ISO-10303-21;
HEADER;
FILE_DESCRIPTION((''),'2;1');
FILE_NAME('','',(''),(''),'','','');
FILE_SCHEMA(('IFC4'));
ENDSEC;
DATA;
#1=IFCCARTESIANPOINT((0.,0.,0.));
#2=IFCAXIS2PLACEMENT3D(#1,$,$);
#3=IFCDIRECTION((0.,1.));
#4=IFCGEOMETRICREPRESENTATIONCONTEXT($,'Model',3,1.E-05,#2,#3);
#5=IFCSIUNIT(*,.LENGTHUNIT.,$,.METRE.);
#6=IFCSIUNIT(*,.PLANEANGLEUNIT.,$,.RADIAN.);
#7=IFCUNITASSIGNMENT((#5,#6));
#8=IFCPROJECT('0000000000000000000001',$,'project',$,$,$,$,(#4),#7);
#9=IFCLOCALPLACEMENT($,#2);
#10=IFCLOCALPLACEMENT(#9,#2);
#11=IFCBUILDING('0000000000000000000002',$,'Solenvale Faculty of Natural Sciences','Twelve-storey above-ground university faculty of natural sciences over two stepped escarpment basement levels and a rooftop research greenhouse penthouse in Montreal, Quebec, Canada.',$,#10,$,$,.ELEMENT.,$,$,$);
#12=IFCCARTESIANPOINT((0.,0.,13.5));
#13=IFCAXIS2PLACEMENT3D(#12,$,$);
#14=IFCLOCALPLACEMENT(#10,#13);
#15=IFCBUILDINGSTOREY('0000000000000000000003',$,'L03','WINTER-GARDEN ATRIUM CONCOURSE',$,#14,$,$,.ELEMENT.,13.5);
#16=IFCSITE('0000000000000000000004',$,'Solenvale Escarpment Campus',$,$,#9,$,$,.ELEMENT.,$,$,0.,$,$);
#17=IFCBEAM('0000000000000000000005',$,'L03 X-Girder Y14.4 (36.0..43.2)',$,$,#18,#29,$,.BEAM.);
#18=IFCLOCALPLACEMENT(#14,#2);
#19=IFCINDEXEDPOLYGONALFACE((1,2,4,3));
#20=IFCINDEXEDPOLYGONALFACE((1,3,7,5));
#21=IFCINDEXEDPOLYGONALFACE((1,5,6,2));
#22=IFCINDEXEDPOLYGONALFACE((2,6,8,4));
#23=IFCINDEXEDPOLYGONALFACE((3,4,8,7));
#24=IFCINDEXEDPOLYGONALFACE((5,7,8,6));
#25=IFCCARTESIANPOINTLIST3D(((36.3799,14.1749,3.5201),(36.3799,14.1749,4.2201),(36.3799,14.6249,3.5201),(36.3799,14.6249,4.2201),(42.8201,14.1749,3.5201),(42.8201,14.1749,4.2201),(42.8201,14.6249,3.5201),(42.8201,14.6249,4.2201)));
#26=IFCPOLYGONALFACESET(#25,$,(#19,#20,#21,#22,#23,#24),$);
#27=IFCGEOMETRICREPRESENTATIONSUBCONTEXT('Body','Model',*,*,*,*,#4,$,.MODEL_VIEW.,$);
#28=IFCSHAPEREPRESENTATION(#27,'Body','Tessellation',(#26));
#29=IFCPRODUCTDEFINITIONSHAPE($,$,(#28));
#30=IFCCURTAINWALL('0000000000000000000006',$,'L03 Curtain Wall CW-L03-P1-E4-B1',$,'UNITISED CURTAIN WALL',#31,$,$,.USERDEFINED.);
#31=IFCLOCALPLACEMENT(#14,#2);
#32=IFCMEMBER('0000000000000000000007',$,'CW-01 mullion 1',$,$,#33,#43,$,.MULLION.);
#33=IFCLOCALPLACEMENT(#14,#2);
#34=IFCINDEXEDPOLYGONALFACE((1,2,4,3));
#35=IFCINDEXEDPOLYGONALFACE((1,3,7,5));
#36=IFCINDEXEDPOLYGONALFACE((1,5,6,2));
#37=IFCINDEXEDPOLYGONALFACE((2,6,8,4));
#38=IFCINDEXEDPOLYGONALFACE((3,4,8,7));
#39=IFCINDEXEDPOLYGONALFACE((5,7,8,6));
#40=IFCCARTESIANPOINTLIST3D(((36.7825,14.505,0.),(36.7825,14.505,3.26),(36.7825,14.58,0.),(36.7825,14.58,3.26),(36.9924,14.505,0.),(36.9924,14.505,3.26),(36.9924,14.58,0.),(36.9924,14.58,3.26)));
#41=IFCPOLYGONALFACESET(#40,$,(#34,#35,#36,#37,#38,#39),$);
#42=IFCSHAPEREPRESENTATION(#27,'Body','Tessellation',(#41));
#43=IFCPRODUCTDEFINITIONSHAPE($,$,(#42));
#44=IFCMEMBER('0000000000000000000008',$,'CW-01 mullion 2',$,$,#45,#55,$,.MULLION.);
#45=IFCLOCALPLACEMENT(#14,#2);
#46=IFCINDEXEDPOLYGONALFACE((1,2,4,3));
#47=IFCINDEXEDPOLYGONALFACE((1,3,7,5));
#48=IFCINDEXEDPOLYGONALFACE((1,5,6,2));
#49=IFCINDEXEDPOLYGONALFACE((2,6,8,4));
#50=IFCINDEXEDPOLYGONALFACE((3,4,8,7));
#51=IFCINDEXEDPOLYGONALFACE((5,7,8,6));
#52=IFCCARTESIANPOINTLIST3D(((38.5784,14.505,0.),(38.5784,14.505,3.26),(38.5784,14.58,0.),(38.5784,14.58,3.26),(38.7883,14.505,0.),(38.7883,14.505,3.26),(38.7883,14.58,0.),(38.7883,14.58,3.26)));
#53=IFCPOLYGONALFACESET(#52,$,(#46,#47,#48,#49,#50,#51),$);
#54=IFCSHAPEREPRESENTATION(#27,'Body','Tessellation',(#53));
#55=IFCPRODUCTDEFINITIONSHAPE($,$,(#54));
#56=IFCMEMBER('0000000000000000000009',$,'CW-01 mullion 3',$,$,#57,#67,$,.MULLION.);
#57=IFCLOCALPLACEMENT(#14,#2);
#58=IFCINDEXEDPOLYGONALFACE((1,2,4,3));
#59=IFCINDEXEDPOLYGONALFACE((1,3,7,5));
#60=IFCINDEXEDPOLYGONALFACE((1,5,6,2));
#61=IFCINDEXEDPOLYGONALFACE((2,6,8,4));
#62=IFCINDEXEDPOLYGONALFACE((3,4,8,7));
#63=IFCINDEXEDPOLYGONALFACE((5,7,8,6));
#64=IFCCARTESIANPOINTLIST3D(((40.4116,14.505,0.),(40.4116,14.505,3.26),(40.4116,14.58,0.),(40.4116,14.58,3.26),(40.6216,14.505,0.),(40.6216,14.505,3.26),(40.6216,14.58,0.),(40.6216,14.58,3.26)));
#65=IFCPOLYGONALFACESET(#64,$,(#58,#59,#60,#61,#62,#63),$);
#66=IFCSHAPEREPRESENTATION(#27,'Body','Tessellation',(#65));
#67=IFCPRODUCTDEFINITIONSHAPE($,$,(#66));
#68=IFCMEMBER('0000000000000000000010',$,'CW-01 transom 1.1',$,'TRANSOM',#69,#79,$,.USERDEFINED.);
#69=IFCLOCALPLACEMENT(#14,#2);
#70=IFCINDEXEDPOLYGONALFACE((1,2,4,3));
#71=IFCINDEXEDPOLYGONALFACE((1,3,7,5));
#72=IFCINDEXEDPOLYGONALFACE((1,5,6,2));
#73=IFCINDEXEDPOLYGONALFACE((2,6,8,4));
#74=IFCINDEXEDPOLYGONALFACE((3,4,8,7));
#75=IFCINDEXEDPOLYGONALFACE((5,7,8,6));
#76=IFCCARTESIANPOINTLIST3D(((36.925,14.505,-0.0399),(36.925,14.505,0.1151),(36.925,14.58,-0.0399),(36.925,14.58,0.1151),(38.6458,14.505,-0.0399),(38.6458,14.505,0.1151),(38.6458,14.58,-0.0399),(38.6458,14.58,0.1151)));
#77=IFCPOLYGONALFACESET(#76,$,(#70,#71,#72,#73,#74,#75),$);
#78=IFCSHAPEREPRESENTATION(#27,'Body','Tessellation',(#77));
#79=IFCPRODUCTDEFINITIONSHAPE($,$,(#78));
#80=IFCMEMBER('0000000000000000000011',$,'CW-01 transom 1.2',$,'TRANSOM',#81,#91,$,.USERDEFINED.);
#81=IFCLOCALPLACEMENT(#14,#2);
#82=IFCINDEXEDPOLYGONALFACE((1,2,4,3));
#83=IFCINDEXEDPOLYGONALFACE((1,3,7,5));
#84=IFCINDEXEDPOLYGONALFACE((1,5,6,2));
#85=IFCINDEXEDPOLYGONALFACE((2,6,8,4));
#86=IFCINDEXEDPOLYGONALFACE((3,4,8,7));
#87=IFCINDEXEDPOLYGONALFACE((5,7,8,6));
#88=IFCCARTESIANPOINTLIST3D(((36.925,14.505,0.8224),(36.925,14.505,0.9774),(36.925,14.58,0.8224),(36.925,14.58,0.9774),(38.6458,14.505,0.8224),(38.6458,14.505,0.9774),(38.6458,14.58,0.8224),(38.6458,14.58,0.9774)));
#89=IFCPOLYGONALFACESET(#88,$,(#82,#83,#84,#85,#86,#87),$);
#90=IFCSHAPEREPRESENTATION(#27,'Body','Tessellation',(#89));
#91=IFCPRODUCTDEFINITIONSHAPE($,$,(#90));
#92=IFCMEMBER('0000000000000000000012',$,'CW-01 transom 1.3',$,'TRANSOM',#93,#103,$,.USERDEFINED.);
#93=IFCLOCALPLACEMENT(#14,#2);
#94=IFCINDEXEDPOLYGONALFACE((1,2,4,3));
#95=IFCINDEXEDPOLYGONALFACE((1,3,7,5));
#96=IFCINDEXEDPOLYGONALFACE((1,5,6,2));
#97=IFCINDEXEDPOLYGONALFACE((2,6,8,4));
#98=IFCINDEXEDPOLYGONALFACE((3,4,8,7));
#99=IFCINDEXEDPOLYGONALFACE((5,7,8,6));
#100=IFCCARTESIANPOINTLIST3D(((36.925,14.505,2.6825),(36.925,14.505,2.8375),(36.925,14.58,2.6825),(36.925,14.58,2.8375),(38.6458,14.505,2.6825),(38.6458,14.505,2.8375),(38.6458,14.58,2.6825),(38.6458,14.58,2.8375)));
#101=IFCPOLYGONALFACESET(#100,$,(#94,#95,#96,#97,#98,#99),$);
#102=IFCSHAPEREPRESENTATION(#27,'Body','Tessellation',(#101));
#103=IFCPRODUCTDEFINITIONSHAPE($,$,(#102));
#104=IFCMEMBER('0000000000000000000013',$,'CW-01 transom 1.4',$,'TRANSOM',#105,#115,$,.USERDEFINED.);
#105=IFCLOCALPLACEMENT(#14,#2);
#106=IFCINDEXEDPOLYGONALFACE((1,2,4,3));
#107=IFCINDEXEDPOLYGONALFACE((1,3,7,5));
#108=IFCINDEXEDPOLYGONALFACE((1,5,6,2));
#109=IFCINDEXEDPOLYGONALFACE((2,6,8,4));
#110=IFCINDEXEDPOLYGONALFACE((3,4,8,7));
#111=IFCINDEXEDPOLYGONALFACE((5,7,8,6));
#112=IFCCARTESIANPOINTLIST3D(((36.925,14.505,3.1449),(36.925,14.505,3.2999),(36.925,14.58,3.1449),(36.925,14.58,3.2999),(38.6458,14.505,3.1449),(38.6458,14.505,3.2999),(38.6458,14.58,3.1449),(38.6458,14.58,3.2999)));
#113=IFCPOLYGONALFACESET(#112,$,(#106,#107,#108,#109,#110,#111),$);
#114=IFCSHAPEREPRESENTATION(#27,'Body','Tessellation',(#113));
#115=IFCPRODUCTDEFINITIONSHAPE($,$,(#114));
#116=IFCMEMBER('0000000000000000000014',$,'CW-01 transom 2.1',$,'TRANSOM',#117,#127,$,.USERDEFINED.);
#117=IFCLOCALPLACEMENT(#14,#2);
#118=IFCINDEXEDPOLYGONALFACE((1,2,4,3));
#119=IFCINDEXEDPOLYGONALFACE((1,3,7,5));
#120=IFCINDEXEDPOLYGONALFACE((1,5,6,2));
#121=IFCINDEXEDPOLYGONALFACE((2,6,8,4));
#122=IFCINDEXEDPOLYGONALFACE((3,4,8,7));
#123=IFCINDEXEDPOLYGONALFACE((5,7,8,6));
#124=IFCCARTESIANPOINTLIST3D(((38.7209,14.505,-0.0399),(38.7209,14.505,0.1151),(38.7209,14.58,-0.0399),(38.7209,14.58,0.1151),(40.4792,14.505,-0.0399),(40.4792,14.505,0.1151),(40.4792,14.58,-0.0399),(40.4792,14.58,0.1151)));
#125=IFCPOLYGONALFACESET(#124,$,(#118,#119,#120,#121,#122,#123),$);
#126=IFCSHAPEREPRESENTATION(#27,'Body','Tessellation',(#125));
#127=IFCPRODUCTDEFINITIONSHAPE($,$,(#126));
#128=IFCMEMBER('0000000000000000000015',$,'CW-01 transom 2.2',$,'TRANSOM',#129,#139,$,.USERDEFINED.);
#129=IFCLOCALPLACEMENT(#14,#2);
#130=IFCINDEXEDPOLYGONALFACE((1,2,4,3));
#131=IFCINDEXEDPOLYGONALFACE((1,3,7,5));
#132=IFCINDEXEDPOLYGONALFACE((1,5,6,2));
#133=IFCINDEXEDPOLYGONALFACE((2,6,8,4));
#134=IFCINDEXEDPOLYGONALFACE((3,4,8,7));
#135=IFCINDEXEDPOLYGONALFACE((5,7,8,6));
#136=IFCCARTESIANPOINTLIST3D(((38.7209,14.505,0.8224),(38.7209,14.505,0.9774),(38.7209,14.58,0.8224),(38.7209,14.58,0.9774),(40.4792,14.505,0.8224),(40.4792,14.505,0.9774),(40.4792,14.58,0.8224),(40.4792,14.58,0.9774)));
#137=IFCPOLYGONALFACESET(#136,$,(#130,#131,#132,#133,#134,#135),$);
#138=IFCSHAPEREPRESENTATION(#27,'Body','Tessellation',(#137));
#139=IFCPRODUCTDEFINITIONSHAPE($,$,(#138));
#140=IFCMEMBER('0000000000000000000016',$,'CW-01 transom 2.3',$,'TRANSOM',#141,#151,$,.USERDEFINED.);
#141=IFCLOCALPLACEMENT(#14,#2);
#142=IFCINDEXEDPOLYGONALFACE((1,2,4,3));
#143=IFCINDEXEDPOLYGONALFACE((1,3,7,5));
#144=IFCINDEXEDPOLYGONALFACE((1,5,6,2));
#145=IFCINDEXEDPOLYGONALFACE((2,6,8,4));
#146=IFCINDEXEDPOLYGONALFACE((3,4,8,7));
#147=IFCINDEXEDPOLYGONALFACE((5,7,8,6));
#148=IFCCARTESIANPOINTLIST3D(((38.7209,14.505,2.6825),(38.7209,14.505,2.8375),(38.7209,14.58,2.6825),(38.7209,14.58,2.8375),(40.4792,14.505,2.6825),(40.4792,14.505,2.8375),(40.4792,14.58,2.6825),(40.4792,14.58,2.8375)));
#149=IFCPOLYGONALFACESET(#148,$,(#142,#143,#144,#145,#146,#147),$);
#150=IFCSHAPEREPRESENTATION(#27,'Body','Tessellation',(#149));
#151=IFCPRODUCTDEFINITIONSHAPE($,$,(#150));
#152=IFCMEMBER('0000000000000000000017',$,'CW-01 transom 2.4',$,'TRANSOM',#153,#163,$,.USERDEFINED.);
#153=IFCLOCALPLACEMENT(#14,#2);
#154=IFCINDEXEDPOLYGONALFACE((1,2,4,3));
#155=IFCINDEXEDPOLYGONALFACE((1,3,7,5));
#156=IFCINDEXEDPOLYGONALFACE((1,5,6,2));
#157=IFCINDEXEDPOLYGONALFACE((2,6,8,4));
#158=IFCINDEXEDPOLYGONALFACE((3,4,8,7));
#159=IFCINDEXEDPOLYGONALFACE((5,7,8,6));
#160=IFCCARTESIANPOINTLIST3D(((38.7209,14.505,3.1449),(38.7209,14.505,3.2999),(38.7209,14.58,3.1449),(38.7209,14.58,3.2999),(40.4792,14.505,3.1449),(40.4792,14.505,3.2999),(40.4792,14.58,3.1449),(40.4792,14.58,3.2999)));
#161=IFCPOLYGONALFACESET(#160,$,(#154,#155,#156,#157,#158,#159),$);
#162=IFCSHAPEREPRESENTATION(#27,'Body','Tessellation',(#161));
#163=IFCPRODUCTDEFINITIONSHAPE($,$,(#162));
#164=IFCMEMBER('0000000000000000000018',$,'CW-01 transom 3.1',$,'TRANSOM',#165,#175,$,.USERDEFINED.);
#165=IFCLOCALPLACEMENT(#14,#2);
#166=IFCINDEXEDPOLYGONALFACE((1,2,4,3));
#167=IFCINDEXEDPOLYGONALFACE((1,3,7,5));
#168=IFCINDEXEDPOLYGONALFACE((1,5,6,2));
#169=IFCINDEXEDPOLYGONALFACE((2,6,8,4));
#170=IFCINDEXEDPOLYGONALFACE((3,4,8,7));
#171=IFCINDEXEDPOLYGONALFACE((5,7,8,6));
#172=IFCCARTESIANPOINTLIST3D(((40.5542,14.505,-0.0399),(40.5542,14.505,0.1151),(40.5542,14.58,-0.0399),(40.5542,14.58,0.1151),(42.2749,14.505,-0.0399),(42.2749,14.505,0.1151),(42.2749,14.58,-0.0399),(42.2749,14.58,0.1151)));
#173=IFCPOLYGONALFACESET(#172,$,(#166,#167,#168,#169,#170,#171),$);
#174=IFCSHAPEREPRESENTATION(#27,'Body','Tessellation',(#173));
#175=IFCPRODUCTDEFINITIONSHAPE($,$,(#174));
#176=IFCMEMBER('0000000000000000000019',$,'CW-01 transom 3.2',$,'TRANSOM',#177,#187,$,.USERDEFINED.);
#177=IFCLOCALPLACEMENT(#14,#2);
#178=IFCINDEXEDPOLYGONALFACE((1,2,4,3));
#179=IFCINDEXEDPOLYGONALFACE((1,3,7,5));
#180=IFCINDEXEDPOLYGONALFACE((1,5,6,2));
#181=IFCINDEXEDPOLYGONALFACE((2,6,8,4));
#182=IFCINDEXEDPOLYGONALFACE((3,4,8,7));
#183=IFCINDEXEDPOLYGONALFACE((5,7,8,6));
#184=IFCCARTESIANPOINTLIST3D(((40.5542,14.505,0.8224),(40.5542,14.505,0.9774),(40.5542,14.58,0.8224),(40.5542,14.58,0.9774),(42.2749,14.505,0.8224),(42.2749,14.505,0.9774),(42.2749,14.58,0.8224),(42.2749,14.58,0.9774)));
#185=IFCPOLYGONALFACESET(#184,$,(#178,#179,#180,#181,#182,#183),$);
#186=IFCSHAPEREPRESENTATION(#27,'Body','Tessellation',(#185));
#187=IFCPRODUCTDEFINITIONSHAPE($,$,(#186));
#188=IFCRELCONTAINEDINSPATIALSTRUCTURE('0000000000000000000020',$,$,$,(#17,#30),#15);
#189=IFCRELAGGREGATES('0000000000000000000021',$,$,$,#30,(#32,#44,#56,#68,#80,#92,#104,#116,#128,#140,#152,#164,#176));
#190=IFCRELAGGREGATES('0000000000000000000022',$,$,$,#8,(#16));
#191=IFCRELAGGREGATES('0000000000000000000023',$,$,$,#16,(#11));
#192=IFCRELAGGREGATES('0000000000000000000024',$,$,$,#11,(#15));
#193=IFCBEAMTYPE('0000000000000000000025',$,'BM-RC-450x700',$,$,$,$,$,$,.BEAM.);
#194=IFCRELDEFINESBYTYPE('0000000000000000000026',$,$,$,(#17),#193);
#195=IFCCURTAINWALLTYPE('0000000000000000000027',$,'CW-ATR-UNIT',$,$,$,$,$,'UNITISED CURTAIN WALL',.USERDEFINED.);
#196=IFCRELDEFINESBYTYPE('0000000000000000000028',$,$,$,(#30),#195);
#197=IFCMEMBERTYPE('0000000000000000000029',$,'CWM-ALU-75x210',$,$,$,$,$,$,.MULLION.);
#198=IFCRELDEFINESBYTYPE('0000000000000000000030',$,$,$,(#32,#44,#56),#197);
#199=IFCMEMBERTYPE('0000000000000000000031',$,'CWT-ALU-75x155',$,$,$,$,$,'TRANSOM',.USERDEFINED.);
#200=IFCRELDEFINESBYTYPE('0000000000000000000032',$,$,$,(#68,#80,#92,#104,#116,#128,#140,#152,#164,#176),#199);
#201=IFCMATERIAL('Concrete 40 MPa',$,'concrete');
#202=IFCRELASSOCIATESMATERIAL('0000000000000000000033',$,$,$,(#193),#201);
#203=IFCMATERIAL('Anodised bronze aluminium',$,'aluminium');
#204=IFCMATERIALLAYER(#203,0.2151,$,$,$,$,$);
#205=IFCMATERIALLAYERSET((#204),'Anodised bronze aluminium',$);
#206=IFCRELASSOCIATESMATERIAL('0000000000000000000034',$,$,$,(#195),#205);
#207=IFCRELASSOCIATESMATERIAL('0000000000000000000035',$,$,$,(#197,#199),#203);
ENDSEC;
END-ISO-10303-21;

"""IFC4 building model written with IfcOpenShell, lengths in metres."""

from ifc_helpers import new_model, si_unit, direction, frame, origin, origin_2d, place, context, subcontext, project, spatial, rectangle, extrude, material, layer, layer_set, material_profile, profile_set, type_object, element, aggregate, save


model = new_model("IFC4")

# Units and contexts
model_context = context("Model", 3, precision=1e-05, world=origin(), true_north=direction((0.0, 1.0)))
body_context = subcontext(model_context, "Body", "Model", "MODEL_VIEW")
ifc_project = project(units=[si_unit("LENGTHUNIT", "METRE"), si_unit("PLANEANGLEUNIT", "RADIAN")], contexts=[model_context])

# Site, building, storey
site_placement = place(None, origin())
site = spatial("IfcSite", under=ifc_project, at=site_placement, Name="Solenvale Escarpment Campus", CompositionType="ELEMENT", RefElevation=0.0)
building_placement = place(site_placement, origin())
building = spatial("IfcBuilding", under=site, at=building_placement, Name="Solenvale Faculty of Natural Sciences", Description="Twelve-storey above-ground university faculty of natural sciences over two stepped escarpment basement levels and a rooftop research greenhouse penthouse in Montreal, Quebec, Canada.", CompositionType="ELEMENT")
storey_placement = place(building_placement, frame((0.0, 0.0, 13.5)))
storey = spatial("IfcBuildingStorey", under=building, at=storey_placement, Name="L03", Description="WINTER-GARDEN ATRIUM CONCOURSE", CompositionType="ELEMENT", Elevation=13.5)

# Beam
ifc_material_1 = material(Name="Concrete 40 MPa", Category="concrete")
ifc_material_profile_1 = material_profile(ifc_material_1, rectangle(XDim=0.45, YDim=0.7, at=origin_2d()), Name="RC-BM-450x700")
ifc_profile_set_1 = profile_set([ifc_material_profile_1], Name="Concrete 40 MPa")
beam_type = type_object("IfcBeamType", Name="BM-RC-450x700", PredefinedType="BEAM", material=ifc_profile_set_1)
beam_placement = place(storey_placement, frame((36.3799, 14.3999, 3.8701), z_axis=(1.0, 0.0, 0.0), x_axis=(0.0, 1.0, 0.0)))
element("IfcBeam", 1, at=beam_placement, inside=storey, type_object=beam_type, Name="L03 X-Girder Y14.4 (36.0..43.2)", PredefinedType="BEAM", context=body_context, shape_type="SweptSolid", body=[
    extrude(rectangle(XDim=0.45, YDim=0.7, at=origin_2d()), origin(), (0.0, 0.0, 1.0), 6.4402),
])

# Curtain wall, members
ifc_material_2 = material(Name="Anodised bronze aluminium", Category="aluminium")
ifc_layer_1 = layer(ifc_material_2, 0.2151)
ifc_layer_set_1 = layer_set([ifc_layer_1], Name="Anodised bronze aluminium")
curtain_wall_type = type_object("IfcCurtainWallType", Name="CW-ATR-UNIT", ElementType="UNITISED CURTAIN WALL", PredefinedType="USERDEFINED", material=ifc_layer_set_1)
curtain_wall_placement = place(storey_placement, origin())
curtain_wall = element("IfcCurtainWall", 2, at=curtain_wall_placement, inside=storey, type_object=curtain_wall_type, Name="L03 Curtain Wall CW-L03-P1-E4-B1", ObjectType="UNITISED CURTAIN WALL", PredefinedType="USERDEFINED")
ifc_material_profile_2 = material_profile(ifc_material_2, rectangle(XDim=0.075, YDim=0.21, at=origin_2d()), Name="ALU-MUL-75x210")
ifc_profile_set_2 = profile_set([ifc_material_profile_2], Name="Anodised bronze aluminium")
member_type_1 = type_object("IfcMemberType", Name="CWM-ALU-75x210", PredefinedType="MULLION", material=ifc_profile_set_2)
member_1_placement = place(storey_placement, frame((36.8875, 14.5425, 0.0), z_axis=(0.0, 0.0, 1.0), x_axis=(0.0, 1.0, 0.0)))
member_1 = element("IfcMember", 3, at=member_1_placement, type_object=member_type_1, Name="CW-01 mullion 1", PredefinedType="MULLION", context=body_context, shape_type="SweptSolid", body=[
    extrude(rectangle(XDim=0.075, YDim=0.21, at=origin_2d()), origin(), (0.0, 0.0, 1.0), 3.26),
])
member_2_placement = place(storey_placement, frame((38.6833, 14.5425, 0.0), z_axis=(0.0, 0.0, 1.0), x_axis=(0.0, 1.0, 0.0)))
member_2 = element("IfcMember", 4, at=member_2_placement, type_object=member_type_1, Name="CW-01 mullion 2", PredefinedType="MULLION", context=body_context, shape_type="SweptSolid", body=[
    extrude(rectangle(XDim=0.075, YDim=0.21, at=origin_2d()), origin(), (0.0, 0.0, 1.0), 3.26),
])
member_3_placement = place(storey_placement, frame((40.5166, 14.5425, 0.0), z_axis=(0.0, 0.0, 1.0), x_axis=(0.0, 1.0, 0.0)))
member_3 = element("IfcMember", 5, at=member_3_placement, type_object=member_type_1, Name="CW-01 mullion 3", PredefinedType="MULLION", context=body_context, shape_type="SweptSolid", body=[
    extrude(rectangle(XDim=0.075, YDim=0.21, at=origin_2d()), origin(), (0.0, 0.0, 1.0), 3.26),
])
ifc_material_profile_3 = material_profile(ifc_material_2, rectangle(XDim=0.075, YDim=0.155, at=origin_2d()), Name="ALU-TRN-75x155")
ifc_profile_set_3 = profile_set([ifc_material_profile_3], Name="Anodised bronze aluminium")
member_type_2 = type_object("IfcMemberType", Name="CWT-ALU-75x155", ElementType="TRANSOM", PredefinedType="USERDEFINED", material=ifc_profile_set_3)
member_4_placement = place(storey_placement, frame((36.925, 14.5425, 0.0376), z_axis=(1.0, 0.0, 0.0), x_axis=(0.0, 1.0, 0.0)))
member_4 = element("IfcMember", 6, at=member_4_placement, type_object=member_type_2, Name="CW-01 transom 1.1", ObjectType="TRANSOM", PredefinedType="USERDEFINED", context=body_context, shape_type="SweptSolid", body=[
    extrude(rectangle(XDim=0.075, YDim=0.155, at=origin_2d()), origin(), (0.0, 0.0, 1.0), 1.7207),
])
member_5_placement = place(storey_placement, frame((36.925, 14.5425, 0.8999), z_axis=(1.0, 0.0, 0.0), x_axis=(0.0, 1.0, 0.0)))
member_5 = element("IfcMember", 7, at=member_5_placement, type_object=member_type_2, Name="CW-01 transom 1.2", ObjectType="TRANSOM", PredefinedType="USERDEFINED", context=body_context, shape_type="SweptSolid", body=[
    extrude(rectangle(XDim=0.075, YDim=0.155, at=origin_2d()), origin(), (0.0, 0.0, 1.0), 1.7207),
])
member_6_placement = place(storey_placement, frame((36.925, 14.5425, 2.76), z_axis=(1.0, 0.0, 0.0), x_axis=(0.0, 1.0, 0.0)))
member_6 = element("IfcMember", 8, at=member_6_placement, type_object=member_type_2, Name="CW-01 transom 1.3", ObjectType="TRANSOM", PredefinedType="USERDEFINED", context=body_context, shape_type="SweptSolid", body=[
    extrude(rectangle(XDim=0.075, YDim=0.155, at=origin_2d()), origin(), (0.0, 0.0, 1.0), 1.7207),
])
member_7_placement = place(storey_placement, frame((36.925, 14.5425, 3.2224), z_axis=(1.0, 0.0, 0.0), x_axis=(0.0, 1.0, 0.0)))
member_7 = element("IfcMember", 9, at=member_7_placement, type_object=member_type_2, Name="CW-01 transom 1.4", ObjectType="TRANSOM", PredefinedType="USERDEFINED", context=body_context, shape_type="SweptSolid", body=[
    extrude(rectangle(XDim=0.075, YDim=0.155, at=origin_2d()), origin(), (0.0, 0.0, 1.0), 1.7207),
])
member_8_placement = place(storey_placement, frame((38.7209, 14.5425, 0.0376), z_axis=(1.0, 0.0, 0.0), x_axis=(0.0, 1.0, 0.0)))
member_8 = element("IfcMember", 10, at=member_8_placement, type_object=member_type_2, Name="CW-01 transom 2.1", ObjectType="TRANSOM", PredefinedType="USERDEFINED", context=body_context, shape_type="SweptSolid", body=[
    extrude(rectangle(XDim=0.075, YDim=0.155, at=origin_2d()), origin(), (0.0, 0.0, 1.0), 1.7583),
])
member_9_placement = place(storey_placement, frame((38.7209, 14.5425, 0.8999), z_axis=(1.0, 0.0, 0.0), x_axis=(0.0, 1.0, 0.0)))
member_9 = element("IfcMember", 11, at=member_9_placement, type_object=member_type_2, Name="CW-01 transom 2.2", ObjectType="TRANSOM", PredefinedType="USERDEFINED", context=body_context, shape_type="SweptSolid", body=[
    extrude(rectangle(XDim=0.075, YDim=0.155, at=origin_2d()), origin(), (0.0, 0.0, 1.0), 1.7583),
])
member_10_placement = place(storey_placement, frame((38.7209, 14.5425, 2.76), z_axis=(1.0, 0.0, 0.0), x_axis=(0.0, 1.0, 0.0)))
member_10 = element("IfcMember", 12, at=member_10_placement, type_object=member_type_2, Name="CW-01 transom 2.3", ObjectType="TRANSOM", PredefinedType="USERDEFINED", context=body_context, shape_type="SweptSolid", body=[
    extrude(rectangle(XDim=0.075, YDim=0.155, at=origin_2d()), origin(), (0.0, 0.0, 1.0), 1.7583),
])
member_11_placement = place(storey_placement, frame((38.7209, 14.5425, 3.2224), z_axis=(1.0, 0.0, 0.0), x_axis=(0.0, 1.0, 0.0)))
member_11 = element("IfcMember", 13, at=member_11_placement, type_object=member_type_2, Name="CW-01 transom 2.4", ObjectType="TRANSOM", PredefinedType="USERDEFINED", context=body_context, shape_type="SweptSolid", body=[
    extrude(rectangle(XDim=0.075, YDim=0.155, at=origin_2d()), origin(), (0.0, 0.0, 1.0), 1.7583),
])
member_12_placement = place(storey_placement, frame((40.5542, 14.5425, 0.0376), z_axis=(1.0, 0.0, 0.0), x_axis=(0.0, 1.0, 0.0)))
member_12 = element("IfcMember", 14, at=member_12_placement, type_object=member_type_2, Name="CW-01 transom 3.1", ObjectType="TRANSOM", PredefinedType="USERDEFINED", context=body_context, shape_type="SweptSolid", body=[
    extrude(rectangle(XDim=0.075, YDim=0.155, at=origin_2d()), origin(), (0.0, 0.0, 1.0), 1.7207),
])
member_13_placement = place(storey_placement, frame((40.5542, 14.5425, 0.8999), z_axis=(1.0, 0.0, 0.0), x_axis=(0.0, 1.0, 0.0)))
member_13 = element("IfcMember", 15, at=member_13_placement, type_object=member_type_2, Name="CW-01 transom 3.2", ObjectType="TRANSOM", PredefinedType="USERDEFINED", context=body_context, shape_type="SweptSolid", body=[
    extrude(rectangle(XDim=0.075, YDim=0.155, at=origin_2d()), origin(), (0.0, 0.0, 1.0), 1.7207),
])
aggregate(curtain_wall, [member_1, member_2, member_3, member_4, member_5, member_6, member_7, member_8, member_9, member_10, member_11, member_12, member_13])

save(model, "model.ifc")
